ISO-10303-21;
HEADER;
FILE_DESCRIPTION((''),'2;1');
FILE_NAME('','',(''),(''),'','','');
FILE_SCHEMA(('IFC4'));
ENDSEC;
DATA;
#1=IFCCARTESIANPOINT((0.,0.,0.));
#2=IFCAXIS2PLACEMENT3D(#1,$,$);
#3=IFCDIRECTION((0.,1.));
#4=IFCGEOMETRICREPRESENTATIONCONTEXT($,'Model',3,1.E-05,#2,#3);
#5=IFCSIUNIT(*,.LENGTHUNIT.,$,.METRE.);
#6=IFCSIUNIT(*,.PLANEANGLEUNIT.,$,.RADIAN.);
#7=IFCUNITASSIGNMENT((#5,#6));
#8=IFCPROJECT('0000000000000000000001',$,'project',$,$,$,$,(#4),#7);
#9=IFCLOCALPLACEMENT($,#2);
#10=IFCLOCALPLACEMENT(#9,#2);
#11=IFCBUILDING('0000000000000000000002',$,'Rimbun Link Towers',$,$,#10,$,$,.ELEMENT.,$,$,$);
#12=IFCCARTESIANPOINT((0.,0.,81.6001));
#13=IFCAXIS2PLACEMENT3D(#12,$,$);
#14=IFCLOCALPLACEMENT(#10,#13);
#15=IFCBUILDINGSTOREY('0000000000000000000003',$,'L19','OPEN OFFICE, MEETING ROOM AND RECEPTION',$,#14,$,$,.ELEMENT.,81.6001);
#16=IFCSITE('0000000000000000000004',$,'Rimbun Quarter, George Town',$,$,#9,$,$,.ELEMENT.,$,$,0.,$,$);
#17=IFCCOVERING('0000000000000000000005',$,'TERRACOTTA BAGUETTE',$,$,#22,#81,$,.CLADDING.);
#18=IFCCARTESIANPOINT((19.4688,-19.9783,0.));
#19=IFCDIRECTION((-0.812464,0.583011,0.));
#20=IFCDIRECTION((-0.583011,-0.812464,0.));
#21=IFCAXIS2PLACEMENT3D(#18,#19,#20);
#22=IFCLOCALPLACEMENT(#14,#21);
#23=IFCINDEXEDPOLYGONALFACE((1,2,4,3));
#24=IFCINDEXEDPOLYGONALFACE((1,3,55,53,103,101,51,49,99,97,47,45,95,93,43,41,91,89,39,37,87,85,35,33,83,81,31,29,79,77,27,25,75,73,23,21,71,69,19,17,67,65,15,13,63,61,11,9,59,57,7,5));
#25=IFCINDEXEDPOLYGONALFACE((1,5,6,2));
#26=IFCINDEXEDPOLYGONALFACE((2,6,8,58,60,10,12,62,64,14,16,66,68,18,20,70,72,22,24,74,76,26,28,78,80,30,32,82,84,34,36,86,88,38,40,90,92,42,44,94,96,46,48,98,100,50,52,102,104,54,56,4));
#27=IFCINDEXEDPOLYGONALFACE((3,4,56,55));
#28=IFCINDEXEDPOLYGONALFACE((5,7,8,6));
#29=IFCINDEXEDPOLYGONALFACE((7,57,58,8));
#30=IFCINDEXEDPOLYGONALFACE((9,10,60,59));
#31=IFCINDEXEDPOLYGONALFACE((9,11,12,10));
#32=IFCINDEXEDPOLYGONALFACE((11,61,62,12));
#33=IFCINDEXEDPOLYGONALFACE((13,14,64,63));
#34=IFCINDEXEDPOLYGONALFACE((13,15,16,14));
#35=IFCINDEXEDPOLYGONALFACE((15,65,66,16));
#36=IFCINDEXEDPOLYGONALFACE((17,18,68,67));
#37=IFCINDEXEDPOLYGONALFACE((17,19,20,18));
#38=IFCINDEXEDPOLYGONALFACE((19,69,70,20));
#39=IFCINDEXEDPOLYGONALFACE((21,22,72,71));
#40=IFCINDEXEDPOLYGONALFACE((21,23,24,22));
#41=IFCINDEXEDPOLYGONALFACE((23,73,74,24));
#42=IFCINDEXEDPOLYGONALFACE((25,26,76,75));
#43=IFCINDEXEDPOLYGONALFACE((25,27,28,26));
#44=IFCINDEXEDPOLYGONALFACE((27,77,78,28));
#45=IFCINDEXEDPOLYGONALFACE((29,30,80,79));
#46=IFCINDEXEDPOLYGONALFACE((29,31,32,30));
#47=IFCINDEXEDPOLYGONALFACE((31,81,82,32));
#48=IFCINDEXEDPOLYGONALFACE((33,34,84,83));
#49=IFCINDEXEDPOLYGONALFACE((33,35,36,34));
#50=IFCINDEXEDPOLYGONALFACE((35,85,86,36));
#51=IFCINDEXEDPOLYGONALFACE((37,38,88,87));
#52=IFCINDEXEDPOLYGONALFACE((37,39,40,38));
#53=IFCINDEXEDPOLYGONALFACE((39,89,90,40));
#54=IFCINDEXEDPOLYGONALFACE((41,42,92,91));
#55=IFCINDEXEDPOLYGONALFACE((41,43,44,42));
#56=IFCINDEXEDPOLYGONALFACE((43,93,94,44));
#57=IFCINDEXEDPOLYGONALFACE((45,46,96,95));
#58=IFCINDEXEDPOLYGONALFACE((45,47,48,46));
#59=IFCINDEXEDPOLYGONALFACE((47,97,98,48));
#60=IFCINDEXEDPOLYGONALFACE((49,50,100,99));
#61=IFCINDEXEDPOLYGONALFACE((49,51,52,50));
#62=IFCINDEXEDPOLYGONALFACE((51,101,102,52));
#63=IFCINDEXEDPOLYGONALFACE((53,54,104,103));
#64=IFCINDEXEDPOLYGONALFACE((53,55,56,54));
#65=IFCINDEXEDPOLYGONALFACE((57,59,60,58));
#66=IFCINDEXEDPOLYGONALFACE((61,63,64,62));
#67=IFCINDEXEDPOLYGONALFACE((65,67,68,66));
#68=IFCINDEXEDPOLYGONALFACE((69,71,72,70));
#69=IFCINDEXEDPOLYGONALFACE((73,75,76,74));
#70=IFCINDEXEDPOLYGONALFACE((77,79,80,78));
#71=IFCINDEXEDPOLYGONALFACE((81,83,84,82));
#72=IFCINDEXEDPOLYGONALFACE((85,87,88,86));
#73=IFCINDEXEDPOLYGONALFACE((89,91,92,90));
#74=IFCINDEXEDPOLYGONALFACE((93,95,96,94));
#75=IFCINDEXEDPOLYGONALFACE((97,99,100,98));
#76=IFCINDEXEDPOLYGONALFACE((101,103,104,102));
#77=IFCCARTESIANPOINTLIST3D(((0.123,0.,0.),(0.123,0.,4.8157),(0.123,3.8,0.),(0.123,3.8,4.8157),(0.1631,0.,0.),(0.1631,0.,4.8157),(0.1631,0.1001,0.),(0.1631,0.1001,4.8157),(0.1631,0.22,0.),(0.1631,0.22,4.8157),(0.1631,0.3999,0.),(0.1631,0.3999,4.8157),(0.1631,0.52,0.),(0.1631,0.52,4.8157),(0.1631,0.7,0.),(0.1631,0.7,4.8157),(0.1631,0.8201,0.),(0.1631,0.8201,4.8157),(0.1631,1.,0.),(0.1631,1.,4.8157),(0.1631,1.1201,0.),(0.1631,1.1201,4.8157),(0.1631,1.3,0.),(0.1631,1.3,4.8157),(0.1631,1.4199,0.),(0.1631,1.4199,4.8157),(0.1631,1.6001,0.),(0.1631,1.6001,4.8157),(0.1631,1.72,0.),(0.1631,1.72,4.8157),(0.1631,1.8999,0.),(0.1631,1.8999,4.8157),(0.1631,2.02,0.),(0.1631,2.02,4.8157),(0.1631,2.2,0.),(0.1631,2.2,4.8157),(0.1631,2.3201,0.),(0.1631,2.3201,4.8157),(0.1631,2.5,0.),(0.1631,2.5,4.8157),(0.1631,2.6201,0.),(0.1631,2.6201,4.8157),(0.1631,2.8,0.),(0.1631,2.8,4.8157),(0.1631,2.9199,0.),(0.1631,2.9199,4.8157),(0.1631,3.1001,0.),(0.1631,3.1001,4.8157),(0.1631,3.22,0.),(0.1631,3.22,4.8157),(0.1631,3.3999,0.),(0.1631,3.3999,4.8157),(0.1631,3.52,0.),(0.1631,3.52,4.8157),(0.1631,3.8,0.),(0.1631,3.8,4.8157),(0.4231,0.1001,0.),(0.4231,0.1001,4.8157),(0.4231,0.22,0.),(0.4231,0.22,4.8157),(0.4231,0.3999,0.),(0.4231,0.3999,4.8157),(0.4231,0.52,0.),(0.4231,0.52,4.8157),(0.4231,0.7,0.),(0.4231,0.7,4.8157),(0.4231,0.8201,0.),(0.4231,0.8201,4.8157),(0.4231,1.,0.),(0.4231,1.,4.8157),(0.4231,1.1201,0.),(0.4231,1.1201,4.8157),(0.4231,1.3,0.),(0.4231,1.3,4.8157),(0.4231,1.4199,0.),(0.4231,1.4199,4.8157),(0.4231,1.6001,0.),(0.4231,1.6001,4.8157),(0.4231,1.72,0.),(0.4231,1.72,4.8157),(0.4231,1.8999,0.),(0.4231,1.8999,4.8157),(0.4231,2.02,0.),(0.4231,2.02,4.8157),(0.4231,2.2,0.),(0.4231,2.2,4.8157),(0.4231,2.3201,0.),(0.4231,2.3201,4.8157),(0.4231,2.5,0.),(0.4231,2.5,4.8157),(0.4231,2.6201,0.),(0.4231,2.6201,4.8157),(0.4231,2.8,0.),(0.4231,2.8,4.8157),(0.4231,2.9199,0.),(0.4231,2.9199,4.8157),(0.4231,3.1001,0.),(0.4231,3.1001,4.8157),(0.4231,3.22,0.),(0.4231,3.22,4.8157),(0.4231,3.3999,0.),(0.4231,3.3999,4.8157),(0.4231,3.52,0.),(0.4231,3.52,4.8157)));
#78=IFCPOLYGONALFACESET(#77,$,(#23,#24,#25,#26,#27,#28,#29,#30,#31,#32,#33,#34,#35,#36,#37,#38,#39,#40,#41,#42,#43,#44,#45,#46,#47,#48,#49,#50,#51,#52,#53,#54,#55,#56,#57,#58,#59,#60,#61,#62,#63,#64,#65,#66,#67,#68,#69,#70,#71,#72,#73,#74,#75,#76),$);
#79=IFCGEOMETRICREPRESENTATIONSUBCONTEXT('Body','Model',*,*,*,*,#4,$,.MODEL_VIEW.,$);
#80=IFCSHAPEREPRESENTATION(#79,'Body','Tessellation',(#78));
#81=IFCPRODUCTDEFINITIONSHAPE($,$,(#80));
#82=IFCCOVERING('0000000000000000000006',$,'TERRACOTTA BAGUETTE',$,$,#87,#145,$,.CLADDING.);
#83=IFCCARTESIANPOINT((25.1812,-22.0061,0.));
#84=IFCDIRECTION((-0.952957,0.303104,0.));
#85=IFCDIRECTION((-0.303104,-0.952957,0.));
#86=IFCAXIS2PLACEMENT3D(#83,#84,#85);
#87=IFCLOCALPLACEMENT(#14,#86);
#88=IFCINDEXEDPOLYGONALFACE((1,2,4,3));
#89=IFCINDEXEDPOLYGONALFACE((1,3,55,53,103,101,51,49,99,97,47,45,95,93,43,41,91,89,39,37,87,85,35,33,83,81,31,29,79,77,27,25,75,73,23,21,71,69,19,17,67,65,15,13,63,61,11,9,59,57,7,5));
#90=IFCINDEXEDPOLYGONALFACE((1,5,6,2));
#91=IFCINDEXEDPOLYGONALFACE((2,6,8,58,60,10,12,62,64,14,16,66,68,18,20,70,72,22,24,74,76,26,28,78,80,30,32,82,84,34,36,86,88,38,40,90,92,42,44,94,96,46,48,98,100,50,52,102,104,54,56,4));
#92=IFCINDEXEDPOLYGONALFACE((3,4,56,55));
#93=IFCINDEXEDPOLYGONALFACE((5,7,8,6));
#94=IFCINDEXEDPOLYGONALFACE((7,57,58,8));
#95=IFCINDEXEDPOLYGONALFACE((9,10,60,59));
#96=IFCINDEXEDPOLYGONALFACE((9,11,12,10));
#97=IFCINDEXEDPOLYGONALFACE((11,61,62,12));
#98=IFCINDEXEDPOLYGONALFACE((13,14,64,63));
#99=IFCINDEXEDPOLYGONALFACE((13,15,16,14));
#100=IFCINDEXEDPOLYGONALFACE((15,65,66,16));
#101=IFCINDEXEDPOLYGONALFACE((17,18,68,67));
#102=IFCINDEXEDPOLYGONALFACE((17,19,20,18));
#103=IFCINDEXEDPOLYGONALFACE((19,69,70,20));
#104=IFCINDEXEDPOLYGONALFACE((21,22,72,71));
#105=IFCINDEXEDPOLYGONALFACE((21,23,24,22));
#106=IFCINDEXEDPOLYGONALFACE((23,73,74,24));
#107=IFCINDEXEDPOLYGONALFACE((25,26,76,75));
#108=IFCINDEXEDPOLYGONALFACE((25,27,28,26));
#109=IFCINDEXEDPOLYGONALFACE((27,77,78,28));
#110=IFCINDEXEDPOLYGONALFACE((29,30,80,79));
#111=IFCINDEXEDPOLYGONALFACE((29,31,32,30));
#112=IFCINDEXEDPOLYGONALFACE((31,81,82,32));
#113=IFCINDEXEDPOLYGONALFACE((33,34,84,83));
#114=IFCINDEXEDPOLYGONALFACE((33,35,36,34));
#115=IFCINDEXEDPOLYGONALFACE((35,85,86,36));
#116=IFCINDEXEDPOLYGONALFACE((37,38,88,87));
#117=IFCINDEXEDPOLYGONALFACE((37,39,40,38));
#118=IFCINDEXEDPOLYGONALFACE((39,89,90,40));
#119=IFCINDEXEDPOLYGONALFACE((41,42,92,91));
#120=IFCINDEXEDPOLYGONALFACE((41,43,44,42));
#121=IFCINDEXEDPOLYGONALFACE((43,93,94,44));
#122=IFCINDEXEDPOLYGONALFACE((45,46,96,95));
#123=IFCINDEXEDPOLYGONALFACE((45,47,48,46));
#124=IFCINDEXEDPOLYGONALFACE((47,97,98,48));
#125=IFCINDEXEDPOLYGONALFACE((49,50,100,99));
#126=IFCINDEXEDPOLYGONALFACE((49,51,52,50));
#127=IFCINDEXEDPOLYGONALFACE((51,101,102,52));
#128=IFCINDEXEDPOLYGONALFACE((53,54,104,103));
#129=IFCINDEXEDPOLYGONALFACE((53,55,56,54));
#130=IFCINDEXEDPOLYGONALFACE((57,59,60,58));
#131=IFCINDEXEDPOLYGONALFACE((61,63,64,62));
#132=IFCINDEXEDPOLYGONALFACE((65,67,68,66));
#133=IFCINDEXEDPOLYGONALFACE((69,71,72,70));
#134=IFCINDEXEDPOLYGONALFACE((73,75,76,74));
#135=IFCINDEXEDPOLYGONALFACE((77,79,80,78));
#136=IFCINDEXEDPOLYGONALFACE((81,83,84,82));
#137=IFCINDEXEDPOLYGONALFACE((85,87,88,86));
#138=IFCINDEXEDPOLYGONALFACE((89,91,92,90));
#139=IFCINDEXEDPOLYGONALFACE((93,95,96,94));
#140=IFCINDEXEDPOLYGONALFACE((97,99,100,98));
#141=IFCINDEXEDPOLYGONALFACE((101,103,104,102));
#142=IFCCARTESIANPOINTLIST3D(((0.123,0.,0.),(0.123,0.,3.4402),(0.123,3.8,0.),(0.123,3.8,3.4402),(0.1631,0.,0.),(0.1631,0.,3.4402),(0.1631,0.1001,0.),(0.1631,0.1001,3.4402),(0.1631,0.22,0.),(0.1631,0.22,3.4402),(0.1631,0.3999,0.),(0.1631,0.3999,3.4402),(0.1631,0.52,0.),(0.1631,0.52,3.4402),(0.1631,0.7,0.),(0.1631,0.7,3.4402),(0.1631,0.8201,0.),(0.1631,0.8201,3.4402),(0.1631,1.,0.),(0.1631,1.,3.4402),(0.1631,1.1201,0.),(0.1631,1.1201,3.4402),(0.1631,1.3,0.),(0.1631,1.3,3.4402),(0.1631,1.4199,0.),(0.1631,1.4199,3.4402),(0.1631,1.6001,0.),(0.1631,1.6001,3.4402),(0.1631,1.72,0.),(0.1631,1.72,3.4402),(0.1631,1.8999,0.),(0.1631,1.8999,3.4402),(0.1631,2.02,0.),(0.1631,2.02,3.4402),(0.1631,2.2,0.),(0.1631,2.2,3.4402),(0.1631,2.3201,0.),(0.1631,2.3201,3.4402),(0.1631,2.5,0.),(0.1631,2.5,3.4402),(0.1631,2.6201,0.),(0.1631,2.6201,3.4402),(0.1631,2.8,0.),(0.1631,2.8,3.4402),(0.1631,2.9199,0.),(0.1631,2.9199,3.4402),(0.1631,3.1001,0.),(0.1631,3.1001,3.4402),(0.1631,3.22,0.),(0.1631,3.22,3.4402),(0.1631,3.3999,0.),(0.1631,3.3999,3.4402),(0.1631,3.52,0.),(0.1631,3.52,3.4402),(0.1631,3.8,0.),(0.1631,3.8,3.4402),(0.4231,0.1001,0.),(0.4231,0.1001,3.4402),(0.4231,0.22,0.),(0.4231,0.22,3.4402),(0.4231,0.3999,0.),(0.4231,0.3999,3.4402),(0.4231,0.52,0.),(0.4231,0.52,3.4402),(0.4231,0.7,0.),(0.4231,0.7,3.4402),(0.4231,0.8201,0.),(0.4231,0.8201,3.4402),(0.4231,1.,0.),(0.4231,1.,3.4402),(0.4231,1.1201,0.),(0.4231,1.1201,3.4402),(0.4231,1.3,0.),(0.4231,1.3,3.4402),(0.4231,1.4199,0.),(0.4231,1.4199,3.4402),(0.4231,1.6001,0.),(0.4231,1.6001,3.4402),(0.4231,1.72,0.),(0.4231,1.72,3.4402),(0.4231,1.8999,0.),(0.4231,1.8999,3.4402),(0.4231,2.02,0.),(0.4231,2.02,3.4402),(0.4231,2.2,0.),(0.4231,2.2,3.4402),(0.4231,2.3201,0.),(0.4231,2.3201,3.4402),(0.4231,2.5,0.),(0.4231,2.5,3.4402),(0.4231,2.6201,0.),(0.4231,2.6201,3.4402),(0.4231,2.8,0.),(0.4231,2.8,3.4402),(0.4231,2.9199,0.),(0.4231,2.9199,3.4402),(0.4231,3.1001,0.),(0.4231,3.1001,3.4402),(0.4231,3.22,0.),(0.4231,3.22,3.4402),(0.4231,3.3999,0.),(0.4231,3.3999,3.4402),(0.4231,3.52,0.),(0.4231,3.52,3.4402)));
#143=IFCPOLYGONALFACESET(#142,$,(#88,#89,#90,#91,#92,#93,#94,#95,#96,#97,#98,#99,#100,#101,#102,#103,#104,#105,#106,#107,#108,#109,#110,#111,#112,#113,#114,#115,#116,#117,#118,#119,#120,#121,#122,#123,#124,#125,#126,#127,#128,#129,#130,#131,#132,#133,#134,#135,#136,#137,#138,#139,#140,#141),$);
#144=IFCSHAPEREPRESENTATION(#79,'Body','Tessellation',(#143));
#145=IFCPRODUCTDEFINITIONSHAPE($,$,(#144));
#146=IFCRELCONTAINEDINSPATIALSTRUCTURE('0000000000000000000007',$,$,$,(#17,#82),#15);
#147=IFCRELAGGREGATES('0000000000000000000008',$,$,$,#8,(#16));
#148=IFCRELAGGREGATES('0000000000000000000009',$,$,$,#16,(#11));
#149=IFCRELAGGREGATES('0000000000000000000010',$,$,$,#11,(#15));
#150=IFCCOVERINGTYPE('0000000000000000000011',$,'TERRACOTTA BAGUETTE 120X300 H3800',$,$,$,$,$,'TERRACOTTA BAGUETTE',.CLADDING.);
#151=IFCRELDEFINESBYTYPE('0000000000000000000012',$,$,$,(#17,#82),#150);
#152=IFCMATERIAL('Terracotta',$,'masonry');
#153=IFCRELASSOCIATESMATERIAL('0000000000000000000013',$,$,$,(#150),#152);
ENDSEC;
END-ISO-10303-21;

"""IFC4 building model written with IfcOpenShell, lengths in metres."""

from ifc_helpers import new_model, si_unit, direction, frame, origin, place, context, subcontext, project, spatial, polyline, outline, extrude, material, material_profile, profile_set, type_object, element, save


model = new_model("IFC4")

# Units and contexts
model_context = context("Model", 3, precision=1e-05, world=origin(), true_north=direction((0.0, 1.0)))
body_context = subcontext(model_context, "Body", "Model", "MODEL_VIEW")
ifc_project = project(units=[si_unit("LENGTHUNIT", "METRE"), si_unit("PLANEANGLEUNIT", "RADIAN")], contexts=[model_context])

# Site, building, storey
site_placement = place(None, origin())
site = spatial("IfcSite", under=ifc_project, at=site_placement, Name="Rimbun Quarter, George Town", CompositionType="ELEMENT", RefElevation=0.0)
building_placement = place(site_placement, origin())
building = spatial("IfcBuilding", under=site, at=building_placement, Name="Rimbun Link Towers", CompositionType="ELEMENT")
storey_placement = place(building_placement, frame((0.0, 0.0, 81.6001)))
storey = spatial("IfcBuildingStorey", under=building, at=storey_placement, Name="L19", Description="OPEN OFFICE, MEETING ROOM AND RECEPTION", CompositionType="ELEMENT", Elevation=81.6001)

# Coverings
ifc_material_1 = material(Name="Terracotta", Category="masonry")
ifc_material_profile_1 = material_profile(ifc_material_1, outline(polyline([(0.123, 0.0), (0.1631, 0.0), (0.1631, 0.1001), (0.4231, 0.1001), (0.4231, 0.22), (0.1631, 0.22), (0.1631, 0.3999), (0.4231, 0.3999), (0.4231, 0.52), (0.1631, 0.52), (0.1631, 0.7), (0.4231, 0.7), (0.4231, 0.8201), (0.1631, 0.8201), (0.1631, 1.0), (0.4231, 1.0), (0.4231, 1.1201), (0.1631, 1.1201), (0.1631, 1.3), (0.4231, 1.3), (0.4231, 1.4199), (0.1631, 1.4199), (0.1631, 1.6001), (0.4231, 1.6001), (0.4231, 1.72), (0.1631, 1.72), (0.1631, 1.8999), (0.4231, 1.8999), (0.4231, 2.02), (0.1631, 2.02), (0.1631, 2.2), (0.4231, 2.2), (0.4231, 2.3201), (0.1631, 2.3201), (0.1631, 2.5), (0.4231, 2.5), (0.4231, 2.6201), (0.1631, 2.6201), (0.1631, 2.8), (0.4231, 2.8), (0.4231, 2.9199), (0.1631, 2.9199), (0.1631, 3.1001), (0.4231, 3.1001), (0.4231, 3.22), (0.1631, 3.22), (0.1631, 3.3999), (0.4231, 3.3999), (0.4231, 3.52), (0.1631, 3.52), (0.1631, 3.8), (0.123, 3.8), (0.123, 0.0)])), Name="BAGUETTE 120X300")
ifc_profile_set_1 = profile_set([ifc_material_profile_1], Name="Terracotta")
covering_type = type_object("IfcCoveringType", Name="TERRACOTTA BAGUETTE 120X300 H3800", ElementType="TERRACOTTA BAGUETTE", PredefinedType="CLADDING", material=ifc_profile_set_1)
covering_1_placement = place(storey_placement, frame((19.4688, -19.9783, 0.0), z_axis=(-0.812464, 0.583011, 0.0), x_axis=(-0.583011, -0.812464, 0.0)))
element("IfcCovering", 1, at=covering_1_placement, inside=storey, type_object=covering_type, Name="TERRACOTTA BAGUETTE", PredefinedType="CLADDING", context=body_context, shape_type="SweptSolid", body=[
    extrude(outline(polyline([(0.123, 0.0), (0.1631, 0.0), (0.1631, 0.1001), (0.4231, 0.1001), (0.4231, 0.22), (0.1631, 0.22), (0.1631, 0.3999), (0.4231, 0.3999), (0.4231, 0.52), (0.1631, 0.52), (0.1631, 0.7), (0.4231, 0.7), (0.4231, 0.8201), (0.1631, 0.8201), (0.1631, 1.0), (0.4231, 1.0), (0.4231, 1.1201), (0.1631, 1.1201), (0.1631, 1.3), (0.4231, 1.3), (0.4231, 1.4199), (0.1631, 1.4199), (0.1631, 1.6001), (0.4231, 1.6001), (0.4231, 1.72), (0.1631, 1.72), (0.1631, 1.8999), (0.4231, 1.8999), (0.4231, 2.02), (0.1631, 2.02), (0.1631, 2.2), (0.4231, 2.2), (0.4231, 2.3201), (0.1631, 2.3201), (0.1631, 2.5), (0.4231, 2.5), (0.4231, 2.6201), (0.1631, 2.6201), (0.1631, 2.8), (0.4231, 2.8), (0.4231, 2.9199), (0.1631, 2.9199), (0.1631, 3.1001), (0.4231, 3.1001), (0.4231, 3.22), (0.1631, 3.22), (0.1631, 3.3999), (0.4231, 3.3999), (0.4231, 3.52), (0.1631, 3.52), (0.1631, 3.8), (0.123, 3.8), (0.123, 0.0)])), origin(), (0.0, 0.0, 1.0), 4.8157),
])
covering_2_placement = place(storey_placement, frame((25.1812, -22.0061, 0.0), z_axis=(-0.952957, 0.303104, 0.0), x_axis=(-0.303104, -0.952957, 0.0)))
element("IfcCovering", 2, at=covering_2_placement, inside=storey, type_object=covering_type, Name="TERRACOTTA BAGUETTE", PredefinedType="CLADDING", context=body_context, shape_type="SweptSolid", body=[
    extrude(outline(polyline([(0.123, 0.0), (0.1631, 0.0), (0.1631, 0.1001), (0.4231, 0.1001), (0.4231, 0.22), (0.1631, 0.22), (0.1631, 0.3999), (0.4231, 0.3999), (0.4231, 0.52), (0.1631, 0.52), (0.1631, 0.7), (0.4231, 0.7), (0.4231, 0.8201), (0.1631, 0.8201), (0.1631, 1.0), (0.4231, 1.0), (0.4231, 1.1201), (0.1631, 1.1201), (0.1631, 1.3), (0.4231, 1.3), (0.4231, 1.4199), (0.1631, 1.4199), (0.1631, 1.6001), (0.4231, 1.6001), (0.4231, 1.72), (0.1631, 1.72), (0.1631, 1.8999), (0.4231, 1.8999), (0.4231, 2.02), (0.1631, 2.02), (0.1631, 2.2), (0.4231, 2.2), (0.4231, 2.3201), (0.1631, 2.3201), (0.1631, 2.5), (0.4231, 2.5), (0.4231, 2.6201), (0.1631, 2.6201), (0.1631, 2.8), (0.4231, 2.8), (0.4231, 2.9199), (0.1631, 2.9199), (0.1631, 3.1001), (0.4231, 3.1001), (0.4231, 3.22), (0.1631, 3.22), (0.1631, 3.3999), (0.4231, 3.3999), (0.4231, 3.52), (0.1631, 3.52), (0.1631, 3.8), (0.123, 3.8), (0.123, 0.0)])), origin(), (0.0, 0.0, 1.0), 3.4402),
])

save(model, "model.ifc")
